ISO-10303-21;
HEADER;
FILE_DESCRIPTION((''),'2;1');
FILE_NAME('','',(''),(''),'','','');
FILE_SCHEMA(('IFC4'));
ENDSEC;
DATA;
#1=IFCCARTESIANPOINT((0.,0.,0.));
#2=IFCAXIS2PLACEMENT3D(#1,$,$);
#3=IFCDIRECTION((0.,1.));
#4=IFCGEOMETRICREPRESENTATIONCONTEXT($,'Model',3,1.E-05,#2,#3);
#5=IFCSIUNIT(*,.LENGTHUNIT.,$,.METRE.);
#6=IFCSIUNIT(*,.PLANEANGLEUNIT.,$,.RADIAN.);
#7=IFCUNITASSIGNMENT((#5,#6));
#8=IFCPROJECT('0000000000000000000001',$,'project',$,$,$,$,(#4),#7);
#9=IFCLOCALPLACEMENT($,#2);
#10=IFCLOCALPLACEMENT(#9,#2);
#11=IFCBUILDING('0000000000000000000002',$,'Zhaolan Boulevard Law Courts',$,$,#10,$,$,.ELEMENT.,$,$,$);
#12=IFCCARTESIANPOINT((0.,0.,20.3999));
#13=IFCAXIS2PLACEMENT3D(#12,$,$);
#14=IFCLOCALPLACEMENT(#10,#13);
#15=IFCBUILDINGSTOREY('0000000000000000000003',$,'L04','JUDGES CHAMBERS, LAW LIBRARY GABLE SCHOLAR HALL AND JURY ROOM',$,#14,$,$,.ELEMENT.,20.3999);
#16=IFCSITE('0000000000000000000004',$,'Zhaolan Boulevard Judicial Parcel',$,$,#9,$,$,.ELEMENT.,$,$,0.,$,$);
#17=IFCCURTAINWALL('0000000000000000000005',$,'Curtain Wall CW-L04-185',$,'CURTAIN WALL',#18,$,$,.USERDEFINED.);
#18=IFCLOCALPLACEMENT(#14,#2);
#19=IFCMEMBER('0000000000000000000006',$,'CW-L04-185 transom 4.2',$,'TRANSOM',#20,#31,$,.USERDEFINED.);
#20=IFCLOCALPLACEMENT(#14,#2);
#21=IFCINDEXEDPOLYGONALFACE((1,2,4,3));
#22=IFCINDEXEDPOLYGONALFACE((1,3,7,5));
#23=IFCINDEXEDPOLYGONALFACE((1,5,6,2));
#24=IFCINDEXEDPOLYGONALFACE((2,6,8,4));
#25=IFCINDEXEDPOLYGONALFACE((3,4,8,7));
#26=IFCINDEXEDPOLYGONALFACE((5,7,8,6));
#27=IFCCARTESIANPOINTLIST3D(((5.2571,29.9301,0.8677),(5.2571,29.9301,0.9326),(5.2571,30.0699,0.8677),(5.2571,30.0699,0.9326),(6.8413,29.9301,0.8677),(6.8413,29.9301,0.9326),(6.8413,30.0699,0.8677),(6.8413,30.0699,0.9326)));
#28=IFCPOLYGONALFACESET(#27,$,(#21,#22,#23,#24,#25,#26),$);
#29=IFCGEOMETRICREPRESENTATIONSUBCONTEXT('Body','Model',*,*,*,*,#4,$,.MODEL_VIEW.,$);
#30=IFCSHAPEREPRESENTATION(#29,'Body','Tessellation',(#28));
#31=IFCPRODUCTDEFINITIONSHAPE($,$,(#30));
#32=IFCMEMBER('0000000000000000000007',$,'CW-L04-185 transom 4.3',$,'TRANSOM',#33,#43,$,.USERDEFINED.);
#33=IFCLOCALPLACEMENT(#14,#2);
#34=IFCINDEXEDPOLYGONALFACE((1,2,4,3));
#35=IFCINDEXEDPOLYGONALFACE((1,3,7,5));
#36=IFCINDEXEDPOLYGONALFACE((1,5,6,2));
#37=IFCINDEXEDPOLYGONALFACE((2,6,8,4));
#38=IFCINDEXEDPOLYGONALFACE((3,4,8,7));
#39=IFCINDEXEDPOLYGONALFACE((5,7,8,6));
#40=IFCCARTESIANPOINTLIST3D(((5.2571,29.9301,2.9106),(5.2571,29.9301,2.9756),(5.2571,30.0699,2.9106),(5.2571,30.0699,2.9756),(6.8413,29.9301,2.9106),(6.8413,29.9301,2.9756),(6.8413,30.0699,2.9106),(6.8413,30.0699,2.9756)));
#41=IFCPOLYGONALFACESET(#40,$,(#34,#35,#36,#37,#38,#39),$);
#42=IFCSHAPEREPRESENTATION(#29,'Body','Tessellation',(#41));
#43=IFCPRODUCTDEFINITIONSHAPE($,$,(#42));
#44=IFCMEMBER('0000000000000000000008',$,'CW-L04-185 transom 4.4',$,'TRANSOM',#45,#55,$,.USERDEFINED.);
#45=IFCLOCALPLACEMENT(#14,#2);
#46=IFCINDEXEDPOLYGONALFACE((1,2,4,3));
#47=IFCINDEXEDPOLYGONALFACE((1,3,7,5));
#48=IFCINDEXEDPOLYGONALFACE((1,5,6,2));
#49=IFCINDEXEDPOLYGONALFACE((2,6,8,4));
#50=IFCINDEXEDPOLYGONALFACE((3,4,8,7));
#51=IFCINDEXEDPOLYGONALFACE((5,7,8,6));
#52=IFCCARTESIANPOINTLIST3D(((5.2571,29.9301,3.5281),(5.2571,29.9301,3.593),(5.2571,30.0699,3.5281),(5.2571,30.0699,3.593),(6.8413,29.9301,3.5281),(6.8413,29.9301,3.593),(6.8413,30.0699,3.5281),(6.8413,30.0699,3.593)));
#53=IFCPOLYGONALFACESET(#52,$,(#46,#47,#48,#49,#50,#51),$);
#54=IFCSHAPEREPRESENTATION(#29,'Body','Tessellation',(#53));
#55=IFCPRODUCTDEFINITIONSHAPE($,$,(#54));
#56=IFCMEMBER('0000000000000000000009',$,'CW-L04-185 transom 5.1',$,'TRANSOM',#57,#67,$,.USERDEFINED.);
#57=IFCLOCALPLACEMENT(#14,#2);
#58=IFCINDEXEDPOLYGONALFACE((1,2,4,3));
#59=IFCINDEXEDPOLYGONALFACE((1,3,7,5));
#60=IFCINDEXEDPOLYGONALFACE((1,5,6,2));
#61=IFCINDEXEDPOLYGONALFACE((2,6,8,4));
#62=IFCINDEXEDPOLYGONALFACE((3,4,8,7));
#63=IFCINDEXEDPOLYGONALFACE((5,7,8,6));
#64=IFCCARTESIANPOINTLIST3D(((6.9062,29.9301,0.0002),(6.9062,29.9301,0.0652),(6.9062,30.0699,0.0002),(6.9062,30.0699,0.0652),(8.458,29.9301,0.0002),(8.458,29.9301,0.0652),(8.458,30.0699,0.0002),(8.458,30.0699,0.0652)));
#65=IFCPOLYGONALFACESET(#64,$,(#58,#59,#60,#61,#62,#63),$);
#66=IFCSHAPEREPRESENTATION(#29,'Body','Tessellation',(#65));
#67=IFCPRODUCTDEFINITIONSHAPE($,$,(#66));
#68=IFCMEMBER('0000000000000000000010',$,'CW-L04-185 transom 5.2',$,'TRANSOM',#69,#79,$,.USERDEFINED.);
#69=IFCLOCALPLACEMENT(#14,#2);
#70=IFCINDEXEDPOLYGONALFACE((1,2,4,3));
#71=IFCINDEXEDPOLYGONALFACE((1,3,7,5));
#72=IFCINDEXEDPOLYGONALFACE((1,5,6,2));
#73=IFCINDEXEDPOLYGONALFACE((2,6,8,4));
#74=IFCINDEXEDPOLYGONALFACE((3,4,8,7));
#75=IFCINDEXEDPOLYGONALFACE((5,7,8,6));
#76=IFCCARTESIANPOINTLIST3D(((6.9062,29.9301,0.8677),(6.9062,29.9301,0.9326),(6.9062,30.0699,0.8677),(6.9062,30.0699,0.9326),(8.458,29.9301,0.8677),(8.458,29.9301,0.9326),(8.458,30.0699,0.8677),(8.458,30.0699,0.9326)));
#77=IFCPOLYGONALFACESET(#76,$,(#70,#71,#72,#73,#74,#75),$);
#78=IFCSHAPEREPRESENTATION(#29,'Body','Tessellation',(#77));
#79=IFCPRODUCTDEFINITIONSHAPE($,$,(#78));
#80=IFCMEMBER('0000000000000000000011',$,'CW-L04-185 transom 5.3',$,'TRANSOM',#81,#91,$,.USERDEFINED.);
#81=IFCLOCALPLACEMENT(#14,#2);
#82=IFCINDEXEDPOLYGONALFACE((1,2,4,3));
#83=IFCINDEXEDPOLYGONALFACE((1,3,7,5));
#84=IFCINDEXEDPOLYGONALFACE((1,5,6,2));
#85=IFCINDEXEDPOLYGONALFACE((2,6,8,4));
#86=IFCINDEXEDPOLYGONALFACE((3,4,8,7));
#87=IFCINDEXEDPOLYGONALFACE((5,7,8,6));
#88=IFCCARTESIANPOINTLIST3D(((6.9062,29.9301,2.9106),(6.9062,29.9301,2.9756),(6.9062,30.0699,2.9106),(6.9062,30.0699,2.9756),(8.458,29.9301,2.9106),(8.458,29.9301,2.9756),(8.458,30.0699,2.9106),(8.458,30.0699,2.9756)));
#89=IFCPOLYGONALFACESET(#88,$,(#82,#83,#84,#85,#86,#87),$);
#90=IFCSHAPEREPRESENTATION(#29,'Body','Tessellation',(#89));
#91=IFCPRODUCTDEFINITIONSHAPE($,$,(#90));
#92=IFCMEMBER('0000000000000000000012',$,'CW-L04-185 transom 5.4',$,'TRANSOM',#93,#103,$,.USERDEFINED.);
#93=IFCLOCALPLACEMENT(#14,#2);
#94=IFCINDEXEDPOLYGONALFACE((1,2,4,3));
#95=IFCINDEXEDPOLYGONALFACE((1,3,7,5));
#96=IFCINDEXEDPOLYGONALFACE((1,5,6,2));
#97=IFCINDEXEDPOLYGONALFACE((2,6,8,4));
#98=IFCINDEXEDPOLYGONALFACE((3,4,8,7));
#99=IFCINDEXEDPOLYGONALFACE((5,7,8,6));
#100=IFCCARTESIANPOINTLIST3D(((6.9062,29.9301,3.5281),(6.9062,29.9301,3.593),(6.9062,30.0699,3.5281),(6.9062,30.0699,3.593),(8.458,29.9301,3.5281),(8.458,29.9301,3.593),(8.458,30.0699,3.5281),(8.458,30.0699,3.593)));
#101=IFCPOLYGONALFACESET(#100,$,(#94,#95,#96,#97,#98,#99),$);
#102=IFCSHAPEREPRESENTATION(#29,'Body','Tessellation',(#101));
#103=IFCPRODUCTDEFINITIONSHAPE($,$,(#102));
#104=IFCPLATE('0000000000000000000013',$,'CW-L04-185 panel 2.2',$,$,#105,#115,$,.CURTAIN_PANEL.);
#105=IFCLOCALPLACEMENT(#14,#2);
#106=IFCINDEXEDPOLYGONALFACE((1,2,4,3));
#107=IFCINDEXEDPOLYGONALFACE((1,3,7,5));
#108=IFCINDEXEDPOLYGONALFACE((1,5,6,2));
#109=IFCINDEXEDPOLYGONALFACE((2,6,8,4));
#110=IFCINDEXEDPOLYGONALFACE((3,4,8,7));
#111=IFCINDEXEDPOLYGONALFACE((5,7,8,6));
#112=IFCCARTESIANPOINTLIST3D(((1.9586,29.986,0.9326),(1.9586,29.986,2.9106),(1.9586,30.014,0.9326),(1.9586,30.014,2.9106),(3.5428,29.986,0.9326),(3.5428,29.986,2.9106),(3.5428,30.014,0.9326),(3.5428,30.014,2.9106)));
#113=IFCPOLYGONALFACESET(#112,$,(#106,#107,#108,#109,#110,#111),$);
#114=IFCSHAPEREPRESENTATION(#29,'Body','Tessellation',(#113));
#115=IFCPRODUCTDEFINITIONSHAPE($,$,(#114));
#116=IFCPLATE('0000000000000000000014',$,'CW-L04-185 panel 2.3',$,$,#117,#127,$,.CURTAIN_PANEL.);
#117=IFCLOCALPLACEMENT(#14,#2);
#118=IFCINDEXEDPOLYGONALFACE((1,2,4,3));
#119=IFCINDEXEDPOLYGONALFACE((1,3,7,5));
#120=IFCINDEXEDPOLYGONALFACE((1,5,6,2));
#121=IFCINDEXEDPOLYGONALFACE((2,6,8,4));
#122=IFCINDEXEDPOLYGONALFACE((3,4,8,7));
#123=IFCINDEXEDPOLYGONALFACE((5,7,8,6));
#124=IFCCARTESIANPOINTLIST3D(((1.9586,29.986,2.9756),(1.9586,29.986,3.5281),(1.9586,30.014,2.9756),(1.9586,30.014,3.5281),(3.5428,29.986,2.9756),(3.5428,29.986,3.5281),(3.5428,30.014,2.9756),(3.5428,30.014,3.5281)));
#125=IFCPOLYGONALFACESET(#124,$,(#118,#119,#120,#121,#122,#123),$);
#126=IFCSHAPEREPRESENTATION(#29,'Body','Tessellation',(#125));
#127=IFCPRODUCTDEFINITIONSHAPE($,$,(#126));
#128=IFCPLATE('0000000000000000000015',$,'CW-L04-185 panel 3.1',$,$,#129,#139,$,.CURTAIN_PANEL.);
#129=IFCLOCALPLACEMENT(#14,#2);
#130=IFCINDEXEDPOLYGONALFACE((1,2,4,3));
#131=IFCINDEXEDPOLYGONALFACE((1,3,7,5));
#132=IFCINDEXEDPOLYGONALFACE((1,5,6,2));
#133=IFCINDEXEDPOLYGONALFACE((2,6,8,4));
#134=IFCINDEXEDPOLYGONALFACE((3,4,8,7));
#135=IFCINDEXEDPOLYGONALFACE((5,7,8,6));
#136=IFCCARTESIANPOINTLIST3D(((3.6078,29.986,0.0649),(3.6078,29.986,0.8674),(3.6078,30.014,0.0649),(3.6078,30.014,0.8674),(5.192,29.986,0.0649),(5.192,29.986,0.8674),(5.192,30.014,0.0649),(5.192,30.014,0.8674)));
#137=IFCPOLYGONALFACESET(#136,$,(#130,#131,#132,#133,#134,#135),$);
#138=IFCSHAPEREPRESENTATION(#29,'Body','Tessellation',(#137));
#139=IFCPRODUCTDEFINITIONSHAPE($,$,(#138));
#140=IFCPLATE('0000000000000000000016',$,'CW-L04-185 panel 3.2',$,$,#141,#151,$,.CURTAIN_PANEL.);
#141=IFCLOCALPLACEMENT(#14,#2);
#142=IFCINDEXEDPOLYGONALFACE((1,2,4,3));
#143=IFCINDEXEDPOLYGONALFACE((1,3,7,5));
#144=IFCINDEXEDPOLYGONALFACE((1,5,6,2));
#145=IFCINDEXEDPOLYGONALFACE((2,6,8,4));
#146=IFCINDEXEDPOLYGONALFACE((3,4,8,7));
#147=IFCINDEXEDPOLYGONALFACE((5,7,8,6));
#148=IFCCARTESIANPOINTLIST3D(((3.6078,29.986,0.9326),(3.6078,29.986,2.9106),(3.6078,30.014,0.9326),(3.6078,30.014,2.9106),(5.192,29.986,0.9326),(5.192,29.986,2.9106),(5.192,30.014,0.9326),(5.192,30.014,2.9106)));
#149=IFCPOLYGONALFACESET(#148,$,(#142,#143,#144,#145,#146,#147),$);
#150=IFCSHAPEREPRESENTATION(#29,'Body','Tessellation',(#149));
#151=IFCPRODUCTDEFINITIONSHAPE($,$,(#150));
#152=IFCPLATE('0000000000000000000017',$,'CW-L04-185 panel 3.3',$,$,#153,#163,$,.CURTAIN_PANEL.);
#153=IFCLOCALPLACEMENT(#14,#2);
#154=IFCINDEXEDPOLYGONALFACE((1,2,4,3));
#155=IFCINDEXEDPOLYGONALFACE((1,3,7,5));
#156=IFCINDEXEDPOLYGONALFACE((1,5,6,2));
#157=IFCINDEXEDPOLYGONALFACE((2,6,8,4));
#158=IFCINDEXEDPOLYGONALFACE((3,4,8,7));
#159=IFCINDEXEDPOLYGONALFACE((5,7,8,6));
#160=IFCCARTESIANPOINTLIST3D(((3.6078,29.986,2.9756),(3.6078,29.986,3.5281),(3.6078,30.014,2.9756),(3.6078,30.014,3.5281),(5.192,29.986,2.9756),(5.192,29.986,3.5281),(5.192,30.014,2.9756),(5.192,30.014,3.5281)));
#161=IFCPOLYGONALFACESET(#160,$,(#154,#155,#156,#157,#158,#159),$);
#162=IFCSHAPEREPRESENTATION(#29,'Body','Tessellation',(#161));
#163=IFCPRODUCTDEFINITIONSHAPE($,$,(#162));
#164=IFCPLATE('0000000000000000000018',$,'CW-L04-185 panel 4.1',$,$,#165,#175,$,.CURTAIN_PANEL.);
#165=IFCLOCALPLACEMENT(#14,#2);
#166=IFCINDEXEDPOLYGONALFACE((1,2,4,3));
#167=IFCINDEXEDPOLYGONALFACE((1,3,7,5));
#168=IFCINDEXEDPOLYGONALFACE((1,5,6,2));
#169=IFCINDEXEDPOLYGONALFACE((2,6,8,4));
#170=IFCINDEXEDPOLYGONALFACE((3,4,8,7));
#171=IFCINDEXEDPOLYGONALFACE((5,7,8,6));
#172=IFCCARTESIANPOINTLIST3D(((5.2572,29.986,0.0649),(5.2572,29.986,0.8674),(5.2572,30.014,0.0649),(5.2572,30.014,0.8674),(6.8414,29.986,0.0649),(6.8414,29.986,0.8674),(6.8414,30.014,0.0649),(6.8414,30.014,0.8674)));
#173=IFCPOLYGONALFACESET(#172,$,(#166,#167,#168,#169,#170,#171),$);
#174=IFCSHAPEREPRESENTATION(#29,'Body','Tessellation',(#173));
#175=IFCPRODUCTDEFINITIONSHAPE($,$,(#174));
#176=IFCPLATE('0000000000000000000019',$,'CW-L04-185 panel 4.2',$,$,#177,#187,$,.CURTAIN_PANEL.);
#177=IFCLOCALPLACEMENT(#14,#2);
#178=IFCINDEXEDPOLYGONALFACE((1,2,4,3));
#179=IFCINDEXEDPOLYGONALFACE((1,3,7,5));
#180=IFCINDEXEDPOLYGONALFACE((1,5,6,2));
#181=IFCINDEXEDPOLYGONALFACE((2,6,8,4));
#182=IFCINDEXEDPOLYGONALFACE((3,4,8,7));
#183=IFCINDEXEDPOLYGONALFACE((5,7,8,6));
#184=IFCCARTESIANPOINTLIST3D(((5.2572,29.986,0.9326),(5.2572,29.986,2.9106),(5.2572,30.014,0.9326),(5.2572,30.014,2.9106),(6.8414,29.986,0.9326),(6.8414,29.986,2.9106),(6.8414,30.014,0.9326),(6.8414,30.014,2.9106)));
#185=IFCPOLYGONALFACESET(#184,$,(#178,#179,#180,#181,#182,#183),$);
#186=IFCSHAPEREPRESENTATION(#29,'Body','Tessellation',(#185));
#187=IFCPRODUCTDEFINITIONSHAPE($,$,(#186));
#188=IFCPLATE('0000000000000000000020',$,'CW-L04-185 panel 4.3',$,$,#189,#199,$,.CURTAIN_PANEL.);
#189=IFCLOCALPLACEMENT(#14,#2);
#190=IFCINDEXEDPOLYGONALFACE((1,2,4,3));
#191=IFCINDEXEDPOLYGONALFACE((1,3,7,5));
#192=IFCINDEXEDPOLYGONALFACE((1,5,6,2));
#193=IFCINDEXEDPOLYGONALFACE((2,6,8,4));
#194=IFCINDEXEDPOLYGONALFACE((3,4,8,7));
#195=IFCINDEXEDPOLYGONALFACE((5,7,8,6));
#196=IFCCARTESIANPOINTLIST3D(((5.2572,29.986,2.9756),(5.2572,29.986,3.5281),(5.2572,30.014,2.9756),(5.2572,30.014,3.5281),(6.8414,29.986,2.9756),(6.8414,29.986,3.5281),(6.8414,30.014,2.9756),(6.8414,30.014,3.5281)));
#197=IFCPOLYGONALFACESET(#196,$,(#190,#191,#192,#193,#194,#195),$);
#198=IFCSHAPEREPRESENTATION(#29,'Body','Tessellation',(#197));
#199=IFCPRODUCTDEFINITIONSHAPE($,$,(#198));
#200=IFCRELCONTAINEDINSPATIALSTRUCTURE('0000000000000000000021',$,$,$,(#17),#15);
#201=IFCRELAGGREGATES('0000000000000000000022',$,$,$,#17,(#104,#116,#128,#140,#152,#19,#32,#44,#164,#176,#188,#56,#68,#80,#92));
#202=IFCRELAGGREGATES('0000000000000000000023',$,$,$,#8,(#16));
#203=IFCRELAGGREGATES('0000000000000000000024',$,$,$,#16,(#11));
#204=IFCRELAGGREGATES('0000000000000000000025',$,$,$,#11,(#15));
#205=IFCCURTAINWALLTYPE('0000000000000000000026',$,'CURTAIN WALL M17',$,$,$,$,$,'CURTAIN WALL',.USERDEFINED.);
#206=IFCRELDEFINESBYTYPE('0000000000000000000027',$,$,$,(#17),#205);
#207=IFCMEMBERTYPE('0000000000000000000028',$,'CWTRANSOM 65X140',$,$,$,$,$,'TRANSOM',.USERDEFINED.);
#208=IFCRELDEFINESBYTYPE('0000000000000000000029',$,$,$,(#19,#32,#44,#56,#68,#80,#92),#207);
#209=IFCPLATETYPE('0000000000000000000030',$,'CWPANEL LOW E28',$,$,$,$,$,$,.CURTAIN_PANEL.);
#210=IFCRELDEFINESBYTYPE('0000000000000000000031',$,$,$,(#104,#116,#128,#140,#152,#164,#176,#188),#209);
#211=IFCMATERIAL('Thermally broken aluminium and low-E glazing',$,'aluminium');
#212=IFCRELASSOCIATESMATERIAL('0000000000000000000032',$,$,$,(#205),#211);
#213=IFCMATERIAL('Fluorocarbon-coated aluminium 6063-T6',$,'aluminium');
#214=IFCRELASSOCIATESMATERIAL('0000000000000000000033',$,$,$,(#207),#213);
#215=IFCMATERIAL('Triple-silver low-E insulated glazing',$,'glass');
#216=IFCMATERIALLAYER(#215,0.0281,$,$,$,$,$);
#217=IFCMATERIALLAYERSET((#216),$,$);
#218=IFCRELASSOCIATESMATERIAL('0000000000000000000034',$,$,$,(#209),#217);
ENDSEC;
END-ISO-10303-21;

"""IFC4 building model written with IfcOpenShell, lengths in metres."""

from ifc_helpers import new_model, si_unit, direction, frame, origin, origin_2d, place, context, subcontext, project, spatial, rectangle, extrude, material, layer, layer_set, material_profile, profile_set, type_object, element, aggregate, save


model = new_model("IFC4")

# Units and contexts
model_context = context("Model", 3, precision=1e-05, world=origin(), true_north=direction((0.0, 1.0)))
body_context = subcontext(model_context, "Body", "Model", "MODEL_VIEW")
ifc_project = project(units=[si_unit("LENGTHUNIT", "METRE"), si_unit("PLANEANGLEUNIT", "RADIAN")], contexts=[model_context])

# Site, building, storey
site_placement = place(None, origin())
site = spatial("IfcSite", under=ifc_project, at=site_placement, Name="Zhaolan Boulevard Judicial Parcel", CompositionType="ELEMENT", RefElevation=0.0)
building_placement = place(site_placement, origin())
building = spatial("IfcBuilding", under=site, at=building_placement, Name="Zhaolan Boulevard Law Courts", CompositionType="ELEMENT")
storey_placement = place(building_placement, frame((0.0, 0.0, 20.3999)))
storey = spatial("IfcBuildingStorey", under=building, at=storey_placement, Name="L04", Description="JUDGES CHAMBERS, LAW LIBRARY GABLE SCHOLAR HALL AND JURY ROOM", CompositionType="ELEMENT", Elevation=20.3999)

# Curtain wall, members, plates
ifc_material_1 = material(Name="Thermally broken aluminium and low-E glazing", Category="aluminium")
curtain_wall_type = type_object("IfcCurtainWallType", Name="CURTAIN WALL M17", ElementType="CURTAIN WALL", PredefinedType="USERDEFINED", material=ifc_material_1)
curtain_wall_placement = place(storey_placement, origin())
curtain_wall = element("IfcCurtainWall", 1, at=curtain_wall_placement, inside=storey, type_object=curtain_wall_type, Name="Curtain Wall CW-L04-185", ObjectType="CURTAIN WALL", PredefinedType="USERDEFINED")
ifc_material_2 = material(Name="Fluorocarbon-coated aluminium 6063-T6", Category="aluminium")
ifc_material_profile_1 = material_profile(ifc_material_2, rectangle(XDim=0.1399, YDim=0.0649, at=origin_2d()), Name="AL65x140")
ifc_profile_set_1 = profile_set([ifc_material_profile_1], Name="Fluorocarbon-coated aluminium 6063-T6")
member_type_1 = type_object("IfcMemberType", Name="CWTRANSOM 65X140", ElementType="TRANSOM", PredefinedType="USERDEFINED", material=ifc_profile_set_1)
member_1_placement = place(storey_placement, frame((5.2571, 30.0, 0.9001), z_axis=(1.0, 0.0, 0.0), x_axis=(0.0, 1.0, 0.0)))
member_1 = element("IfcMember", 2, at=member_1_placement, type_object=member_type_1, Name="CW-L04-185 transom 4.2", ObjectType="TRANSOM", PredefinedType="USERDEFINED", context=body_context, shape_type="SweptSolid", body=[
    extrude(rectangle(XDim=0.1399, YDim=0.0649, at=origin_2d()), origin(), (0.0, 0.0, 1.0), 1.5842),
])
member_2_placement = place(storey_placement, frame((5.2571, 30.0, 2.9431), z_axis=(1.0, 0.0, 0.0), x_axis=(0.0, 1.0, 0.0)))
member_2 = element("IfcMember", 3, at=member_2_placement, type_object=member_type_1, Name="CW-L04-185 transom 4.3", ObjectType="TRANSOM", PredefinedType="USERDEFINED", context=body_context, shape_type="SweptSolid", body=[
    extrude(rectangle(XDim=0.1399, YDim=0.0649, at=origin_2d()), origin(), (0.0, 0.0, 1.0), 1.5842),
])
member_3_placement = place(storey_placement, frame((5.2571, 30.0, 3.5605), z_axis=(1.0, 0.0, 0.0), x_axis=(0.0, 1.0, 0.0)))
member_3 = element("IfcMember", 4, at=member_3_placement, type_object=member_type_1, Name="CW-L04-185 transom 4.4", ObjectType="TRANSOM", PredefinedType="USERDEFINED", context=body_context, shape_type="SweptSolid", body=[
    extrude(rectangle(XDim=0.1399, YDim=0.0649, at=origin_2d()), origin(), (0.0, 0.0, 1.0), 1.5842),
])
member_4_placement = place(storey_placement, frame((6.9062, 30.0, 0.0327), z_axis=(1.0, 0.0, 0.0), x_axis=(0.0, 1.0, 0.0)))
member_4 = element("IfcMember", 5, at=member_4_placement, type_object=member_type_1, Name="CW-L04-185 transom 5.1", ObjectType="TRANSOM", PredefinedType="USERDEFINED", context=body_context, shape_type="SweptSolid", body=[
    extrude(rectangle(XDim=0.1399, YDim=0.0649, at=origin_2d()), origin(), (0.0, 0.0, 1.0), 1.5518),
])
member_5_placement = place(storey_placement, frame((6.9062, 30.0, 0.9001), z_axis=(1.0, 0.0, 0.0), x_axis=(0.0, 1.0, 0.0)))
member_5 = element("IfcMember", 6, at=member_5_placement, type_object=member_type_1, Name="CW-L04-185 transom 5.2", ObjectType="TRANSOM", PredefinedType="USERDEFINED", context=body_context, shape_type="SweptSolid", body=[
    extrude(rectangle(XDim=0.1399, YDim=0.0649, at=origin_2d()), origin(), (0.0, 0.0, 1.0), 1.5518),
])
member_6_placement = place(storey_placement, frame((6.9062, 30.0, 2.9431), z_axis=(1.0, 0.0, 0.0), x_axis=(0.0, 1.0, 0.0)))
member_6 = element("IfcMember", 7, at=member_6_placement, type_object=member_type_1, Name="CW-L04-185 transom 5.3", ObjectType="TRANSOM", PredefinedType="USERDEFINED", context=body_context, shape_type="SweptSolid", body=[
    extrude(rectangle(XDim=0.1399, YDim=0.0649, at=origin_2d()), origin(), (0.0, 0.0, 1.0), 1.5518),
])
member_7_placement = place(storey_placement, frame((6.9062, 30.0, 3.5605), z_axis=(1.0, 0.0, 0.0), x_axis=(0.0, 1.0, 0.0)))
member_7 = element("IfcMember", 8, at=member_7_placement, type_object=member_type_1, Name="CW-L04-185 transom 5.4", ObjectType="TRANSOM", PredefinedType="USERDEFINED", context=body_context, shape_type="SweptSolid", body=[
    extrude(rectangle(XDim=0.1399, YDim=0.0649, at=origin_2d()), origin(), (0.0, 0.0, 1.0), 1.5518),
])
ifc_material_3 = material(Name="Triple-silver low-E insulated glazing", Category="glass")
ifc_layer_1 = layer(ifc_material_3, 0.0281)
ifc_layer_set_1 = layer_set([ifc_layer_1])
plate_type_1 = type_object("IfcPlateType", Name="CWPANEL LOW E28", PredefinedType="CURTAIN_PANEL", material=ifc_layer_set_1)
plate_1_placement = place(storey_placement, frame((2.7507, 30.0, 0.9326), z_axis=(0.0, 0.0, 1.0), x_axis=(1.0, 0.0, 0.0)))
plate_1 = element("IfcPlate", 9, at=plate_1_placement, type_object=plate_type_1, Name="CW-L04-185 panel 2.2", PredefinedType="CURTAIN_PANEL", context=body_context, shape_type="SweptSolid", body=[
    extrude(rectangle(XDim=1.5842, YDim=0.0281, at=origin_2d()), origin(), (0.0, 0.0, 1.0), 1.978),
])
plate_2_placement = place(storey_placement, frame((2.7507, 30.0, 2.9756), z_axis=(0.0, 0.0, 1.0), x_axis=(1.0, 0.0, 0.0)))
plate_2 = element("IfcPlate", 10, at=plate_2_placement, type_object=plate_type_1, Name="CW-L04-185 panel 2.3", PredefinedType="CURTAIN_PANEL", context=body_context, shape_type="SweptSolid", body=[
    extrude(rectangle(XDim=1.5842, YDim=0.0281, at=origin_2d()), origin(), (0.0, 0.0, 1.0), 0.5525),
])
plate_3_placement = place(storey_placement, frame((4.3999, 30.0, 0.0649), z_axis=(0.0, 0.0, 1.0), x_axis=(1.0, 0.0, 0.0)))
plate_3 = element("IfcPlate", 11, at=plate_3_placement, type_object=plate_type_1, Name="CW-L04-185 panel 3.1", PredefinedType="CURTAIN_PANEL", context=body_context, shape_type="SweptSolid", body=[
    extrude(rectangle(XDim=1.5842, YDim=0.0281, at=origin_2d()), origin(), (0.0, 0.0, 1.0), 0.8025),
])
plate_4_placement = place(storey_placement, frame((4.3999, 30.0, 0.9326), z_axis=(0.0, 0.0, 1.0), x_axis=(1.0, 0.0, 0.0)))
plate_4 = element("IfcPlate", 12, at=plate_4_placement, type_object=plate_type_1, Name="CW-L04-185 panel 3.2", PredefinedType="CURTAIN_PANEL", context=body_context, shape_type="SweptSolid", body=[
    extrude(rectangle(XDim=1.5842, YDim=0.0281, at=origin_2d()), origin(), (0.0, 0.0, 1.0), 1.978),
])
plate_5_placement = place(storey_placement, frame((4.3999, 30.0, 2.9756), z_axis=(0.0, 0.0, 1.0), x_axis=(1.0, 0.0, 0.0)))
plate_5 = element("IfcPlate", 13, at=plate_5_placement, type_object=plate_type_1, Name="CW-L04-185 panel 3.3", PredefinedType="CURTAIN_PANEL", context=body_context, shape_type="SweptSolid", body=[
    extrude(rectangle(XDim=1.5842, YDim=0.0281, at=origin_2d()), origin(), (0.0, 0.0, 1.0), 0.5525),
])
plate_6_placement = place(storey_placement, frame((6.0493, 30.0, 0.0649), z_axis=(0.0, 0.0, 1.0), x_axis=(1.0, 0.0, 0.0)))
plate_6 = element("IfcPlate", 14, at=plate_6_placement, type_object=plate_type_1, Name="CW-L04-185 panel 4.1", PredefinedType="CURTAIN_PANEL", context=body_context, shape_type="SweptSolid", body=[
    extrude(rectangle(XDim=1.5842, YDim=0.0281, at=origin_2d()), origin(), (0.0, 0.0, 1.0), 0.8025),
])
plate_7_placement = place(storey_placement, frame((6.0493, 30.0, 0.9326), z_axis=(0.0, 0.0, 1.0), x_axis=(1.0, 0.0, 0.0)))
plate_7 = element("IfcPlate", 15, at=plate_7_placement, type_object=plate_type_1, Name="CW-L04-185 panel 4.2", PredefinedType="CURTAIN_PANEL", context=body_context, shape_type="SweptSolid", body=[
    extrude(rectangle(XDim=1.5842, YDim=0.0281, at=origin_2d()), origin(), (0.0, 0.0, 1.0), 1.978),
])
plate_8_placement = place(storey_placement, frame((6.0493, 30.0, 2.9756), z_axis=(0.0, 0.0, 1.0), x_axis=(1.0, 0.0, 0.0)))
plate_8 = element("IfcPlate", 16, at=plate_8_placement, type_object=plate_type_1, Name="CW-L04-185 panel 4.3", PredefinedType="CURTAIN_PANEL", context=body_context, shape_type="SweptSolid", body=[
    extrude(rectangle(XDim=1.5842, YDim=0.0281, at=origin_2d()), origin(), (0.0, 0.0, 1.0), 0.5525),
])
aggregate(curtain_wall, [plate_1, plate_2, plate_3, plate_4, plate_5, member_1, member_2, member_3, plate_6, plate_7, plate_8, member_4, member_5, member_6, member_7])

save(model, "model.ifc")
